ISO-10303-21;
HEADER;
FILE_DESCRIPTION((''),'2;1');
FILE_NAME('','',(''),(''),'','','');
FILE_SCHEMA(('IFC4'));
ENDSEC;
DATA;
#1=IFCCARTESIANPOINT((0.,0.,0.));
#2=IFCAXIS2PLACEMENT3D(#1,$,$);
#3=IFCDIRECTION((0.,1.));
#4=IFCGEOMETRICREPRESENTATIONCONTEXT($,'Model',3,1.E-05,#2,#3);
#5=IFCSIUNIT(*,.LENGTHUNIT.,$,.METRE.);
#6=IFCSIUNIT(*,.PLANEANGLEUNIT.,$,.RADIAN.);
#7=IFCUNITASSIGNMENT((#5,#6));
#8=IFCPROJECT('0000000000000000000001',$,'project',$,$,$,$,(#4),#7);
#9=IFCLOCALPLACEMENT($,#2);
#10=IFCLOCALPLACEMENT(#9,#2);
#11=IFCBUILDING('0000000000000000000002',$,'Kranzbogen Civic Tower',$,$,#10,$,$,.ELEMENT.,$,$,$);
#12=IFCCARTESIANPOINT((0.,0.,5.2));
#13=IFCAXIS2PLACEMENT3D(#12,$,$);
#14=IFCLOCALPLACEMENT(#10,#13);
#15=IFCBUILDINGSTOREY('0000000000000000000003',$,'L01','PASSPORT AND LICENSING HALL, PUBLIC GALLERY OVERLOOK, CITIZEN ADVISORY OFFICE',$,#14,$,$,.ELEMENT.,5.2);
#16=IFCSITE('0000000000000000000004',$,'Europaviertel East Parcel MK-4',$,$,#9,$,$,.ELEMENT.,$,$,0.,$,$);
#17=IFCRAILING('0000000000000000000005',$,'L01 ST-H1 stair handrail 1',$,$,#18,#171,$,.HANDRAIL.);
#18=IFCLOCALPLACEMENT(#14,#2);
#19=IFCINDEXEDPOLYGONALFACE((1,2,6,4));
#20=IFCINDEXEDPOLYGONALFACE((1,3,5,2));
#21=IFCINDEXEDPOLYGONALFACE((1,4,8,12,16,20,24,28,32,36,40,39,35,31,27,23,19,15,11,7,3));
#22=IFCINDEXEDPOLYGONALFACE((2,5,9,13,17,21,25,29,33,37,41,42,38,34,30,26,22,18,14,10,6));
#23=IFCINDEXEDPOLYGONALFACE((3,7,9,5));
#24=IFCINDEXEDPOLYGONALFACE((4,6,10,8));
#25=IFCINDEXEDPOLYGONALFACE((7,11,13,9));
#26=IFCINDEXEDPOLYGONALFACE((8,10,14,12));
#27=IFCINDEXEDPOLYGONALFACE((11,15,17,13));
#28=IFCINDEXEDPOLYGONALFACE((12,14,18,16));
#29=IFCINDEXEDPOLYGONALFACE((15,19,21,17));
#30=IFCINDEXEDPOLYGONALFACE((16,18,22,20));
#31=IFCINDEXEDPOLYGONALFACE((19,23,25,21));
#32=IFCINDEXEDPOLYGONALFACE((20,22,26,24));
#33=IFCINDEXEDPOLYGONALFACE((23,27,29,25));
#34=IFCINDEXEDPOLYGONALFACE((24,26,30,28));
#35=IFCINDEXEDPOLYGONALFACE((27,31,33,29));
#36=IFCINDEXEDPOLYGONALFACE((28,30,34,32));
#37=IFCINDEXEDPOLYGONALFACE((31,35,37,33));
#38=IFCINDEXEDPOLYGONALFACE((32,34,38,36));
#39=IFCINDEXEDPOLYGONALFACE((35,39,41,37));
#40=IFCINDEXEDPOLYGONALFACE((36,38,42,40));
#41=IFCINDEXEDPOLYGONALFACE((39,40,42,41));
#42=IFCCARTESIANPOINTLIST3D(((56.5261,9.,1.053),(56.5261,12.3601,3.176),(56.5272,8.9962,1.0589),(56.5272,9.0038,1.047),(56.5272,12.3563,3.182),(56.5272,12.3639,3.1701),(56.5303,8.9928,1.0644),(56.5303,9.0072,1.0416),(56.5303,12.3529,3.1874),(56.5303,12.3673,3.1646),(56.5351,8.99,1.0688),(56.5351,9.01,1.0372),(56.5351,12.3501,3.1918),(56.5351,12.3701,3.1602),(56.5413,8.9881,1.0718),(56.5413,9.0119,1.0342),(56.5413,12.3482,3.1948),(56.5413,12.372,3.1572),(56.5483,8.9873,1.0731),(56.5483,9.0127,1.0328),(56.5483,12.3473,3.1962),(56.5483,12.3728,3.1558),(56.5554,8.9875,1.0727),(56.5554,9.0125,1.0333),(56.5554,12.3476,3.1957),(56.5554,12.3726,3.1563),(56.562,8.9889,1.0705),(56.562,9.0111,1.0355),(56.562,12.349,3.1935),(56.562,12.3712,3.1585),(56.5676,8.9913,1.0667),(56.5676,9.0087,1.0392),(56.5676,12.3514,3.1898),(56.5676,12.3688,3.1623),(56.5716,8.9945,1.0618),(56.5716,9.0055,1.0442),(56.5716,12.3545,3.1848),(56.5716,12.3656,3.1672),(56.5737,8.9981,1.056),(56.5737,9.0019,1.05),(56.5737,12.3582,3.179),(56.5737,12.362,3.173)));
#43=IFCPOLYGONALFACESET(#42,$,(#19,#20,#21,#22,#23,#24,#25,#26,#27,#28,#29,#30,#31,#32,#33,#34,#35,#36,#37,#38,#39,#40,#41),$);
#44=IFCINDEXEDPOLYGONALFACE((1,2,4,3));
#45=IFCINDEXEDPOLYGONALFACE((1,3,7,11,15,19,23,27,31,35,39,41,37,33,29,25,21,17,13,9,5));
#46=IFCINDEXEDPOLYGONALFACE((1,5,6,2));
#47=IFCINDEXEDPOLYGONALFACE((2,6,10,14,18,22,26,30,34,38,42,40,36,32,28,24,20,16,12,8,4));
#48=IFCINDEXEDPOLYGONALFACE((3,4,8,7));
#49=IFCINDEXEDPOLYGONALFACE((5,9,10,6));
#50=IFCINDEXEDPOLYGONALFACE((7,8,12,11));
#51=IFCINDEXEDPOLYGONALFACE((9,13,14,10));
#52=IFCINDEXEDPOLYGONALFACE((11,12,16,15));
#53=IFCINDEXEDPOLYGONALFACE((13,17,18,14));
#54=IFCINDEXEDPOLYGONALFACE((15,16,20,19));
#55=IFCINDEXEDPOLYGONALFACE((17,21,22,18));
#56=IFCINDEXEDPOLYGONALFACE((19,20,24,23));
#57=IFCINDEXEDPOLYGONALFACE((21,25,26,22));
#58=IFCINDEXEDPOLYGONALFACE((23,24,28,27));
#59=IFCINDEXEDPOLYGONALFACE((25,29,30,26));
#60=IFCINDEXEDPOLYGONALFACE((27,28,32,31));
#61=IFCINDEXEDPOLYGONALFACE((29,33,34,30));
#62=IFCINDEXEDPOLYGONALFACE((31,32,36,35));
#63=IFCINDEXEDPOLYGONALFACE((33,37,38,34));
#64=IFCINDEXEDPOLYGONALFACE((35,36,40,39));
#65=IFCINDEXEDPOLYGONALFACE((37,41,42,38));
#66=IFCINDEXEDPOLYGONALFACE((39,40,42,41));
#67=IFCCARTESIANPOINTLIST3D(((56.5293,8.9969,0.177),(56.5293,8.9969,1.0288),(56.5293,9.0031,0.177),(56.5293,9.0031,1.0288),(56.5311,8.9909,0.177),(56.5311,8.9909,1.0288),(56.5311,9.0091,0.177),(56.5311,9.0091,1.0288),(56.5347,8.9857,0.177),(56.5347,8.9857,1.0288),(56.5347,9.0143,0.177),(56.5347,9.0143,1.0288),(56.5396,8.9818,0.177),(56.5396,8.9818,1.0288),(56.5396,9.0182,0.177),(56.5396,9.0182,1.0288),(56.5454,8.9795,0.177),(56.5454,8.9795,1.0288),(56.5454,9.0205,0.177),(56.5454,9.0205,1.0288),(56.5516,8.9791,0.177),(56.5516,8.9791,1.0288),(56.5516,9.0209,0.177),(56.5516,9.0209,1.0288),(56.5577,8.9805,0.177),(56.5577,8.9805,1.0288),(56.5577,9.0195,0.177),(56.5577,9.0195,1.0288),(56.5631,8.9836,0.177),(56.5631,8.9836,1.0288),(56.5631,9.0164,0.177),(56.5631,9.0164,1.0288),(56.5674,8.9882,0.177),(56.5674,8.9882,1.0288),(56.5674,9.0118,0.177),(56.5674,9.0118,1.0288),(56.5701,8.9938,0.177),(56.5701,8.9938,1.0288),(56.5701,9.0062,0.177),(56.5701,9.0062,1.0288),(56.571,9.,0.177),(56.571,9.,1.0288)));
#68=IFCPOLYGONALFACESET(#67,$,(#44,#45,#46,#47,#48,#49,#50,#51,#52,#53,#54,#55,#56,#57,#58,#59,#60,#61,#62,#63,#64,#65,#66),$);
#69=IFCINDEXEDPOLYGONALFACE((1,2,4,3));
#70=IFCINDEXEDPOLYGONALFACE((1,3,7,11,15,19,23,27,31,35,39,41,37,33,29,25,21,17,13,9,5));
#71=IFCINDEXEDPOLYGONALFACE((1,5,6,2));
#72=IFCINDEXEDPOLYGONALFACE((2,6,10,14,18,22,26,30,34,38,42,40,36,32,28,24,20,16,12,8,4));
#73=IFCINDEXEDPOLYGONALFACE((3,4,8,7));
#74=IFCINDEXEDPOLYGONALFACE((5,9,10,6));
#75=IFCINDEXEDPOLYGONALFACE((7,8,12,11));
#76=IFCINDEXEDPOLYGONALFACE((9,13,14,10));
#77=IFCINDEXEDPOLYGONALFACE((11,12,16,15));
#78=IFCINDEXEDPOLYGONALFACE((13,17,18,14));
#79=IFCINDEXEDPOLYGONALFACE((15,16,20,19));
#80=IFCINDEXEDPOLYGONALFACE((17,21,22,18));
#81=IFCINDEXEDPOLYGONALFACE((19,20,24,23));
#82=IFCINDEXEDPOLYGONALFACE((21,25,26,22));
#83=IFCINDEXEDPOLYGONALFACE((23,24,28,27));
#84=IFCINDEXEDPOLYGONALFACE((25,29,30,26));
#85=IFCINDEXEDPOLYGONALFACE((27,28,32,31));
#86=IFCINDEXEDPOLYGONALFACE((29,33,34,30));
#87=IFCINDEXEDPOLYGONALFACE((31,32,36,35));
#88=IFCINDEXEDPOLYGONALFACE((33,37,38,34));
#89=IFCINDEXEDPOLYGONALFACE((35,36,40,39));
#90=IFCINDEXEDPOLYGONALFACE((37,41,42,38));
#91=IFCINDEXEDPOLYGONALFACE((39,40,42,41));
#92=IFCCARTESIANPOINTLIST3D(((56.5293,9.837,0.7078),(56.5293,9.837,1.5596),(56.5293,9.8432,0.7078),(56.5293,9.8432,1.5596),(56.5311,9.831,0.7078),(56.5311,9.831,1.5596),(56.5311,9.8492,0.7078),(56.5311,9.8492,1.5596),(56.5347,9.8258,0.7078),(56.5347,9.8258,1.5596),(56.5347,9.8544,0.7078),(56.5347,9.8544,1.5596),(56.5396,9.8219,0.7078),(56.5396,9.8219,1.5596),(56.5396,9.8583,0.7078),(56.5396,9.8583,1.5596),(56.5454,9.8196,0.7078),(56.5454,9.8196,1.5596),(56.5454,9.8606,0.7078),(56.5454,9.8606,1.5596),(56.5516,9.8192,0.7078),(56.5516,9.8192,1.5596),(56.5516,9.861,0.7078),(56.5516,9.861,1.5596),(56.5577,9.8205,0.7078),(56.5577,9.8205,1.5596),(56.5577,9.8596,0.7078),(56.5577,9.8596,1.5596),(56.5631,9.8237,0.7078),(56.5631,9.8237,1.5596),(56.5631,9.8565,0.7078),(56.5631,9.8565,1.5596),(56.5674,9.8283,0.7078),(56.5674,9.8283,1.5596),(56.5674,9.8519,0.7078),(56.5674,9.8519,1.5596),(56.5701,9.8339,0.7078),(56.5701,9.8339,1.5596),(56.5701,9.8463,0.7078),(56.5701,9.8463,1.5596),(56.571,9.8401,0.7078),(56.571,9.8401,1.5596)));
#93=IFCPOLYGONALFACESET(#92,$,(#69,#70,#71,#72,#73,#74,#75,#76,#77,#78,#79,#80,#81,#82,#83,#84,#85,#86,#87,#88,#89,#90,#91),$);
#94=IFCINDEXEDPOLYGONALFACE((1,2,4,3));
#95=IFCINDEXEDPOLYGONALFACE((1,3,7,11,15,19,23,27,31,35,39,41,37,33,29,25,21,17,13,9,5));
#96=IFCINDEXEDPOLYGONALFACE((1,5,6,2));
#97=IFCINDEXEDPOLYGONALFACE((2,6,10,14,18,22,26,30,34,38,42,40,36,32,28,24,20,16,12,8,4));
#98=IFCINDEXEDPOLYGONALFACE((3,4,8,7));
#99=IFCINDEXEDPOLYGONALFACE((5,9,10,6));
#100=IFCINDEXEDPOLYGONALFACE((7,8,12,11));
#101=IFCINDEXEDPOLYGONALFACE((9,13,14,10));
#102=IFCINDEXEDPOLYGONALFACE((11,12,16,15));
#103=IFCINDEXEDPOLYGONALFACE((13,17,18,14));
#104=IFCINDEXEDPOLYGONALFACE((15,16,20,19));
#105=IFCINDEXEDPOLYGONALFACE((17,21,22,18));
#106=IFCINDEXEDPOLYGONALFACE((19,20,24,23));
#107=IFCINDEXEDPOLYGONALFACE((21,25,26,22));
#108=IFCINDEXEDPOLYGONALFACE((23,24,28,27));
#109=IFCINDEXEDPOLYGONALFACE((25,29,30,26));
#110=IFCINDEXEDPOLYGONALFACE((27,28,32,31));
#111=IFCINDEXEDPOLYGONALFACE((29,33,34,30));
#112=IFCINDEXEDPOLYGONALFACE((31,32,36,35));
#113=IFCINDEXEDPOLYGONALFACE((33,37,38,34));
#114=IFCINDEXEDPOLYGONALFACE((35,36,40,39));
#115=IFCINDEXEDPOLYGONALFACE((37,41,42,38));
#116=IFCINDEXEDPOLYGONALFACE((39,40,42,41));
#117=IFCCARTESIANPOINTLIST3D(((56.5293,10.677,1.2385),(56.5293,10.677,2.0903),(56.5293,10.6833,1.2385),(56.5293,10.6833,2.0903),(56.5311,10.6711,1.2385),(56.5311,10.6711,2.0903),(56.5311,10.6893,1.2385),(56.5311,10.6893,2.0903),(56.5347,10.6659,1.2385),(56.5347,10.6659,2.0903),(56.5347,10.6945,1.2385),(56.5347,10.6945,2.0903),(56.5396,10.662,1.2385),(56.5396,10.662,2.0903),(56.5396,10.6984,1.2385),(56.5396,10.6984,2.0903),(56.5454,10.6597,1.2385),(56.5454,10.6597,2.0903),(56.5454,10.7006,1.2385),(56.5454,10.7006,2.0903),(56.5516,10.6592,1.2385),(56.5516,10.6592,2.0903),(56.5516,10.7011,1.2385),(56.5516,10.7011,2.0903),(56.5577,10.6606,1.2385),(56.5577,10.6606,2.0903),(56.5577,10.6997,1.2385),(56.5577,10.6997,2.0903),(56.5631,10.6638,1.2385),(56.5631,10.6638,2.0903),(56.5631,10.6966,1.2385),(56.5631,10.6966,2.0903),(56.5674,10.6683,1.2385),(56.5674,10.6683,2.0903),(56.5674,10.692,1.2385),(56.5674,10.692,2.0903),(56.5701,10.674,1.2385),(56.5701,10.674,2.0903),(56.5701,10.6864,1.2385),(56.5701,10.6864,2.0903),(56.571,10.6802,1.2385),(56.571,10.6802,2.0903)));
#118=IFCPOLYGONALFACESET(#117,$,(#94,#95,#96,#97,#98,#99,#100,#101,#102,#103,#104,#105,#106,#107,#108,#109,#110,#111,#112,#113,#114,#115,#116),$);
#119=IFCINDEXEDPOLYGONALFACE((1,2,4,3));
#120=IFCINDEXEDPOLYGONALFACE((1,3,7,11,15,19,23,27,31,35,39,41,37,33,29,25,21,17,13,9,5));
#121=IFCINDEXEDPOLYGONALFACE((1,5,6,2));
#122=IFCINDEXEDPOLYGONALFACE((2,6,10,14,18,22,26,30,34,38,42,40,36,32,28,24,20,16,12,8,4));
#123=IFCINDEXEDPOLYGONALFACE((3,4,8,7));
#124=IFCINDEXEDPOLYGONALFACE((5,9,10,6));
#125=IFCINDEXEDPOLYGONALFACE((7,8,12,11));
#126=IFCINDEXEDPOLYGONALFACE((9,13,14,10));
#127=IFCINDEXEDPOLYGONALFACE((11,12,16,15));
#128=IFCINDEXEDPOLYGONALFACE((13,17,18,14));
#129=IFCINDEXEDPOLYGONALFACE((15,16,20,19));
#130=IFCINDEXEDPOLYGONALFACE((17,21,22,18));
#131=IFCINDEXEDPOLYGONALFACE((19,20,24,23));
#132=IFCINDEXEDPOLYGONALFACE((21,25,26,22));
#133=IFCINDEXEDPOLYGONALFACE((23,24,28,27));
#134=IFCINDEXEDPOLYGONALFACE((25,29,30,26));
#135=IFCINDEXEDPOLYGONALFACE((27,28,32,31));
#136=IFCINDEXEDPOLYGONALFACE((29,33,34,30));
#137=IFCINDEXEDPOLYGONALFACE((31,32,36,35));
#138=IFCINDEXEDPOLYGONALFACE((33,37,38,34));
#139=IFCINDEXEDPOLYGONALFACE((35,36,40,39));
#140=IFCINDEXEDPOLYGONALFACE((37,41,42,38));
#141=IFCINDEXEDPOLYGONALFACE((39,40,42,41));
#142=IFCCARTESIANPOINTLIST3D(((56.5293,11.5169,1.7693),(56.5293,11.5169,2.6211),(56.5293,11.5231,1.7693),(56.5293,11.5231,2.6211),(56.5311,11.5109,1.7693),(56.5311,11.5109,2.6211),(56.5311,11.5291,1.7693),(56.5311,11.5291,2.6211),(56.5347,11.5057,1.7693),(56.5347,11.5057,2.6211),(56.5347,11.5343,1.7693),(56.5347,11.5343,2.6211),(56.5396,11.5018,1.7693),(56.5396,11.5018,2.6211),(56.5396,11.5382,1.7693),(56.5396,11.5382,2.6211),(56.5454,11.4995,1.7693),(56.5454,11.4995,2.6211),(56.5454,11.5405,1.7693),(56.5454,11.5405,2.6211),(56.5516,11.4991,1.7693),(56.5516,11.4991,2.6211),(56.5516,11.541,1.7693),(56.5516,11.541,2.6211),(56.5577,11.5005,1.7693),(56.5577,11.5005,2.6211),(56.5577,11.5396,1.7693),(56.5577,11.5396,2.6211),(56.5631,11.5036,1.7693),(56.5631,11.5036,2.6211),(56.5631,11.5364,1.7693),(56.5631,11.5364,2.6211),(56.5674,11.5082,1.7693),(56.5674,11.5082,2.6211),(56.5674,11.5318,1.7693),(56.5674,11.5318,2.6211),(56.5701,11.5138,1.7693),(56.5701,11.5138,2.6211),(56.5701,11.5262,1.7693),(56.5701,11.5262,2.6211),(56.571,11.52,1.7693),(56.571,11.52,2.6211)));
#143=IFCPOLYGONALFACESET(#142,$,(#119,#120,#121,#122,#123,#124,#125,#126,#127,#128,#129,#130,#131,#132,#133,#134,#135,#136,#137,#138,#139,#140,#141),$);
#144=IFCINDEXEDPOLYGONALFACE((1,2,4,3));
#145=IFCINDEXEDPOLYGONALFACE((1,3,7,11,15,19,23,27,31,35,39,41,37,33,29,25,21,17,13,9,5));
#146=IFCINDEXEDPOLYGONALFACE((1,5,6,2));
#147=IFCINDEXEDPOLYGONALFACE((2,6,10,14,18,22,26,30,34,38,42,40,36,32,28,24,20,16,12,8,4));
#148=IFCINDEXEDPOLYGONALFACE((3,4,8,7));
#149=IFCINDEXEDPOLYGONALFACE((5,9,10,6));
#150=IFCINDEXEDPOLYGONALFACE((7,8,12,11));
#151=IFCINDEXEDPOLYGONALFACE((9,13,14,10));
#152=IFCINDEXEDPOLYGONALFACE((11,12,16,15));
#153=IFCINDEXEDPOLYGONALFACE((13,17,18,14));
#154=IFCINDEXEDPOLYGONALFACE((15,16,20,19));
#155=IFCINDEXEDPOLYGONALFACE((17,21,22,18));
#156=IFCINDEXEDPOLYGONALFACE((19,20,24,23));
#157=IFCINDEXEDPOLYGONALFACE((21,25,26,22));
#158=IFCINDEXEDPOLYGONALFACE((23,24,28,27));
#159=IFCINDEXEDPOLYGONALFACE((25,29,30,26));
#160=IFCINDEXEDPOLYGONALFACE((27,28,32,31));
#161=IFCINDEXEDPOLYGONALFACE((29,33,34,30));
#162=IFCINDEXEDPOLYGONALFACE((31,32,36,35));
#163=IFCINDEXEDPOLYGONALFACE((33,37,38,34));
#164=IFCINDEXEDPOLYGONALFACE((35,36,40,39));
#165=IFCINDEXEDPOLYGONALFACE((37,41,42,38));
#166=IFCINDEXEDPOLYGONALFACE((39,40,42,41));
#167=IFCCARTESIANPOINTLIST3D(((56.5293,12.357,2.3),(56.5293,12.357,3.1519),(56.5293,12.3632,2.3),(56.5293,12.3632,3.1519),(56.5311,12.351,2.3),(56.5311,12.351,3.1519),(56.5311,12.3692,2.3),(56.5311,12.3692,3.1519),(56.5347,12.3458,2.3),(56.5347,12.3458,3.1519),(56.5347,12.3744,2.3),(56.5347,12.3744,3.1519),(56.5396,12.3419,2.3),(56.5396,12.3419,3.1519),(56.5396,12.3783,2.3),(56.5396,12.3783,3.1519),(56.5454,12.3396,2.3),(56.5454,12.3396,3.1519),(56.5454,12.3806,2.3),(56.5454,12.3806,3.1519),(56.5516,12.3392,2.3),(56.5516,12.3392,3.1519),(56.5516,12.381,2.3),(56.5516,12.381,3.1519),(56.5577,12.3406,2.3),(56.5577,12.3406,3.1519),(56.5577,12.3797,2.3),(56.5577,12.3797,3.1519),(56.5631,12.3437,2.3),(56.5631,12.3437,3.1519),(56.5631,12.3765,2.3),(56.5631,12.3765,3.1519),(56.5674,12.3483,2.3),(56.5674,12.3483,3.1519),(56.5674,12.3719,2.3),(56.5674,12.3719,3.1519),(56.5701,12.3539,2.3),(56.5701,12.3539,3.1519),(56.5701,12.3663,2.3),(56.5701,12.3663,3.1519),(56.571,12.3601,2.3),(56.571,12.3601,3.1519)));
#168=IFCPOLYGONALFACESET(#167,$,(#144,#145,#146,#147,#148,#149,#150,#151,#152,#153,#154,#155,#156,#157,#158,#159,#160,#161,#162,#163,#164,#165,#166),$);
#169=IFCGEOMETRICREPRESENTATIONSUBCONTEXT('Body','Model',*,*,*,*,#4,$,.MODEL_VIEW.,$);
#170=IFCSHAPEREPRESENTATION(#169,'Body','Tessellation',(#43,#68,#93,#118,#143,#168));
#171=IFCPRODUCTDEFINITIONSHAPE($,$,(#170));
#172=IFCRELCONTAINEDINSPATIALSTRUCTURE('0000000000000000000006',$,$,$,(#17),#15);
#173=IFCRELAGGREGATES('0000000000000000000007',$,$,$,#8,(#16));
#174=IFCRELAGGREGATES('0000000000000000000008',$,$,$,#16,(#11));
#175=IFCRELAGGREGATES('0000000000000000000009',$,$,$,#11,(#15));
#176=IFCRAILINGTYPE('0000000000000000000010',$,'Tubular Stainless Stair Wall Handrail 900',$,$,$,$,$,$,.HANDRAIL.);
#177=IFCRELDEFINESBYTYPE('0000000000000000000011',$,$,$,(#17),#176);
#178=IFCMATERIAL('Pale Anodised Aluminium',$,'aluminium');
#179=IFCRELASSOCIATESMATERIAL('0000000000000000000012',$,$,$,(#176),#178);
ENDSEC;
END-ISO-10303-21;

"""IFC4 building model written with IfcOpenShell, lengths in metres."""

from ifc_helpers import new_model, si_unit, direction, frame, origin, origin_2d, place, context, subcontext, project, spatial, circle, extrude, material, type_object, element, save


model = new_model("IFC4")

# Units and contexts
model_context = context("Model", 3, precision=1e-05, world=origin(), true_north=direction((0.0, 1.0)))
body_context = subcontext(model_context, "Body", "Model", "MODEL_VIEW")
ifc_project = project(units=[si_unit("LENGTHUNIT", "METRE"), si_unit("PLANEANGLEUNIT", "RADIAN")], contexts=[model_context])

# Site, building, storey
site_placement = place(None, origin())
site = spatial("IfcSite", under=ifc_project, at=site_placement, Name="Europaviertel East Parcel MK-4", CompositionType="ELEMENT", RefElevation=0.0)
building_placement = place(site_placement, origin())
building = spatial("IfcBuilding", under=site, at=building_placement, Name="Kranzbogen Civic Tower", CompositionType="ELEMENT")
storey_placement = place(building_placement, frame((0.0, 0.0, 5.2)))
storey = spatial("IfcBuildingStorey", under=building, at=storey_placement, Name="L01", Description="PASSPORT AND LICENSING HALL, PUBLIC GALLERY OVERLOOK, CITIZEN ADVISORY OFFICE", CompositionType="ELEMENT", Elevation=5.2)

# Shared definitions
ifc_material_1 = material(Name="Pale Anodised Aluminium", Category="aluminium")

# Railing
railing_type_1 = type_object("IfcRailingType", Name="Tubular Stainless Stair Wall Handrail 900", PredefinedType="HANDRAIL", material=ifc_material_1)
railing_1_placement = place(storey_placement, frame((56.55, 9.0, 0.177)))
element("IfcRailing", 1, at=railing_1_placement, inside=storey, type_object=railing_type_1, Name="L01 ST-H1 stair handrail 1", PredefinedType="HANDRAIL", context=body_context, shape_type="SweptSolid", body=[
    extrude(circle(Radius=0.0239, at=origin_2d()), frame((0.0, 0.0, 0.876), z_axis=(0.0, 0.84539, 0.53415), x_axis=(-1.0, 0.0, 0.0)), (0.0, 0.0, 1.0), 3.9746),
    extrude(circle(Radius=0.021, at=origin_2d()), origin(), (0.0, 0.0, 1.0), 0.8518),
    extrude(circle(Radius=0.021, at=origin_2d()), frame((0.0, 0.8401, 0.5308)), (0.0, 0.0, 1.0), 0.8518),
    extrude(circle(Radius=0.021, at=origin_2d()), frame((0.0, 1.6802, 1.0615)), (0.0, 0.0, 1.0), 0.8518),
    extrude(circle(Radius=0.021, at=origin_2d()), frame((0.0, 2.52, 1.5923)), (0.0, 0.0, 1.0), 0.8518),
    extrude(circle(Radius=0.021, at=origin_2d()), frame((0.0, 3.3601, 2.123)), (0.0, 0.0, 1.0), 0.8518),
])

save(model, "model.ifc")
